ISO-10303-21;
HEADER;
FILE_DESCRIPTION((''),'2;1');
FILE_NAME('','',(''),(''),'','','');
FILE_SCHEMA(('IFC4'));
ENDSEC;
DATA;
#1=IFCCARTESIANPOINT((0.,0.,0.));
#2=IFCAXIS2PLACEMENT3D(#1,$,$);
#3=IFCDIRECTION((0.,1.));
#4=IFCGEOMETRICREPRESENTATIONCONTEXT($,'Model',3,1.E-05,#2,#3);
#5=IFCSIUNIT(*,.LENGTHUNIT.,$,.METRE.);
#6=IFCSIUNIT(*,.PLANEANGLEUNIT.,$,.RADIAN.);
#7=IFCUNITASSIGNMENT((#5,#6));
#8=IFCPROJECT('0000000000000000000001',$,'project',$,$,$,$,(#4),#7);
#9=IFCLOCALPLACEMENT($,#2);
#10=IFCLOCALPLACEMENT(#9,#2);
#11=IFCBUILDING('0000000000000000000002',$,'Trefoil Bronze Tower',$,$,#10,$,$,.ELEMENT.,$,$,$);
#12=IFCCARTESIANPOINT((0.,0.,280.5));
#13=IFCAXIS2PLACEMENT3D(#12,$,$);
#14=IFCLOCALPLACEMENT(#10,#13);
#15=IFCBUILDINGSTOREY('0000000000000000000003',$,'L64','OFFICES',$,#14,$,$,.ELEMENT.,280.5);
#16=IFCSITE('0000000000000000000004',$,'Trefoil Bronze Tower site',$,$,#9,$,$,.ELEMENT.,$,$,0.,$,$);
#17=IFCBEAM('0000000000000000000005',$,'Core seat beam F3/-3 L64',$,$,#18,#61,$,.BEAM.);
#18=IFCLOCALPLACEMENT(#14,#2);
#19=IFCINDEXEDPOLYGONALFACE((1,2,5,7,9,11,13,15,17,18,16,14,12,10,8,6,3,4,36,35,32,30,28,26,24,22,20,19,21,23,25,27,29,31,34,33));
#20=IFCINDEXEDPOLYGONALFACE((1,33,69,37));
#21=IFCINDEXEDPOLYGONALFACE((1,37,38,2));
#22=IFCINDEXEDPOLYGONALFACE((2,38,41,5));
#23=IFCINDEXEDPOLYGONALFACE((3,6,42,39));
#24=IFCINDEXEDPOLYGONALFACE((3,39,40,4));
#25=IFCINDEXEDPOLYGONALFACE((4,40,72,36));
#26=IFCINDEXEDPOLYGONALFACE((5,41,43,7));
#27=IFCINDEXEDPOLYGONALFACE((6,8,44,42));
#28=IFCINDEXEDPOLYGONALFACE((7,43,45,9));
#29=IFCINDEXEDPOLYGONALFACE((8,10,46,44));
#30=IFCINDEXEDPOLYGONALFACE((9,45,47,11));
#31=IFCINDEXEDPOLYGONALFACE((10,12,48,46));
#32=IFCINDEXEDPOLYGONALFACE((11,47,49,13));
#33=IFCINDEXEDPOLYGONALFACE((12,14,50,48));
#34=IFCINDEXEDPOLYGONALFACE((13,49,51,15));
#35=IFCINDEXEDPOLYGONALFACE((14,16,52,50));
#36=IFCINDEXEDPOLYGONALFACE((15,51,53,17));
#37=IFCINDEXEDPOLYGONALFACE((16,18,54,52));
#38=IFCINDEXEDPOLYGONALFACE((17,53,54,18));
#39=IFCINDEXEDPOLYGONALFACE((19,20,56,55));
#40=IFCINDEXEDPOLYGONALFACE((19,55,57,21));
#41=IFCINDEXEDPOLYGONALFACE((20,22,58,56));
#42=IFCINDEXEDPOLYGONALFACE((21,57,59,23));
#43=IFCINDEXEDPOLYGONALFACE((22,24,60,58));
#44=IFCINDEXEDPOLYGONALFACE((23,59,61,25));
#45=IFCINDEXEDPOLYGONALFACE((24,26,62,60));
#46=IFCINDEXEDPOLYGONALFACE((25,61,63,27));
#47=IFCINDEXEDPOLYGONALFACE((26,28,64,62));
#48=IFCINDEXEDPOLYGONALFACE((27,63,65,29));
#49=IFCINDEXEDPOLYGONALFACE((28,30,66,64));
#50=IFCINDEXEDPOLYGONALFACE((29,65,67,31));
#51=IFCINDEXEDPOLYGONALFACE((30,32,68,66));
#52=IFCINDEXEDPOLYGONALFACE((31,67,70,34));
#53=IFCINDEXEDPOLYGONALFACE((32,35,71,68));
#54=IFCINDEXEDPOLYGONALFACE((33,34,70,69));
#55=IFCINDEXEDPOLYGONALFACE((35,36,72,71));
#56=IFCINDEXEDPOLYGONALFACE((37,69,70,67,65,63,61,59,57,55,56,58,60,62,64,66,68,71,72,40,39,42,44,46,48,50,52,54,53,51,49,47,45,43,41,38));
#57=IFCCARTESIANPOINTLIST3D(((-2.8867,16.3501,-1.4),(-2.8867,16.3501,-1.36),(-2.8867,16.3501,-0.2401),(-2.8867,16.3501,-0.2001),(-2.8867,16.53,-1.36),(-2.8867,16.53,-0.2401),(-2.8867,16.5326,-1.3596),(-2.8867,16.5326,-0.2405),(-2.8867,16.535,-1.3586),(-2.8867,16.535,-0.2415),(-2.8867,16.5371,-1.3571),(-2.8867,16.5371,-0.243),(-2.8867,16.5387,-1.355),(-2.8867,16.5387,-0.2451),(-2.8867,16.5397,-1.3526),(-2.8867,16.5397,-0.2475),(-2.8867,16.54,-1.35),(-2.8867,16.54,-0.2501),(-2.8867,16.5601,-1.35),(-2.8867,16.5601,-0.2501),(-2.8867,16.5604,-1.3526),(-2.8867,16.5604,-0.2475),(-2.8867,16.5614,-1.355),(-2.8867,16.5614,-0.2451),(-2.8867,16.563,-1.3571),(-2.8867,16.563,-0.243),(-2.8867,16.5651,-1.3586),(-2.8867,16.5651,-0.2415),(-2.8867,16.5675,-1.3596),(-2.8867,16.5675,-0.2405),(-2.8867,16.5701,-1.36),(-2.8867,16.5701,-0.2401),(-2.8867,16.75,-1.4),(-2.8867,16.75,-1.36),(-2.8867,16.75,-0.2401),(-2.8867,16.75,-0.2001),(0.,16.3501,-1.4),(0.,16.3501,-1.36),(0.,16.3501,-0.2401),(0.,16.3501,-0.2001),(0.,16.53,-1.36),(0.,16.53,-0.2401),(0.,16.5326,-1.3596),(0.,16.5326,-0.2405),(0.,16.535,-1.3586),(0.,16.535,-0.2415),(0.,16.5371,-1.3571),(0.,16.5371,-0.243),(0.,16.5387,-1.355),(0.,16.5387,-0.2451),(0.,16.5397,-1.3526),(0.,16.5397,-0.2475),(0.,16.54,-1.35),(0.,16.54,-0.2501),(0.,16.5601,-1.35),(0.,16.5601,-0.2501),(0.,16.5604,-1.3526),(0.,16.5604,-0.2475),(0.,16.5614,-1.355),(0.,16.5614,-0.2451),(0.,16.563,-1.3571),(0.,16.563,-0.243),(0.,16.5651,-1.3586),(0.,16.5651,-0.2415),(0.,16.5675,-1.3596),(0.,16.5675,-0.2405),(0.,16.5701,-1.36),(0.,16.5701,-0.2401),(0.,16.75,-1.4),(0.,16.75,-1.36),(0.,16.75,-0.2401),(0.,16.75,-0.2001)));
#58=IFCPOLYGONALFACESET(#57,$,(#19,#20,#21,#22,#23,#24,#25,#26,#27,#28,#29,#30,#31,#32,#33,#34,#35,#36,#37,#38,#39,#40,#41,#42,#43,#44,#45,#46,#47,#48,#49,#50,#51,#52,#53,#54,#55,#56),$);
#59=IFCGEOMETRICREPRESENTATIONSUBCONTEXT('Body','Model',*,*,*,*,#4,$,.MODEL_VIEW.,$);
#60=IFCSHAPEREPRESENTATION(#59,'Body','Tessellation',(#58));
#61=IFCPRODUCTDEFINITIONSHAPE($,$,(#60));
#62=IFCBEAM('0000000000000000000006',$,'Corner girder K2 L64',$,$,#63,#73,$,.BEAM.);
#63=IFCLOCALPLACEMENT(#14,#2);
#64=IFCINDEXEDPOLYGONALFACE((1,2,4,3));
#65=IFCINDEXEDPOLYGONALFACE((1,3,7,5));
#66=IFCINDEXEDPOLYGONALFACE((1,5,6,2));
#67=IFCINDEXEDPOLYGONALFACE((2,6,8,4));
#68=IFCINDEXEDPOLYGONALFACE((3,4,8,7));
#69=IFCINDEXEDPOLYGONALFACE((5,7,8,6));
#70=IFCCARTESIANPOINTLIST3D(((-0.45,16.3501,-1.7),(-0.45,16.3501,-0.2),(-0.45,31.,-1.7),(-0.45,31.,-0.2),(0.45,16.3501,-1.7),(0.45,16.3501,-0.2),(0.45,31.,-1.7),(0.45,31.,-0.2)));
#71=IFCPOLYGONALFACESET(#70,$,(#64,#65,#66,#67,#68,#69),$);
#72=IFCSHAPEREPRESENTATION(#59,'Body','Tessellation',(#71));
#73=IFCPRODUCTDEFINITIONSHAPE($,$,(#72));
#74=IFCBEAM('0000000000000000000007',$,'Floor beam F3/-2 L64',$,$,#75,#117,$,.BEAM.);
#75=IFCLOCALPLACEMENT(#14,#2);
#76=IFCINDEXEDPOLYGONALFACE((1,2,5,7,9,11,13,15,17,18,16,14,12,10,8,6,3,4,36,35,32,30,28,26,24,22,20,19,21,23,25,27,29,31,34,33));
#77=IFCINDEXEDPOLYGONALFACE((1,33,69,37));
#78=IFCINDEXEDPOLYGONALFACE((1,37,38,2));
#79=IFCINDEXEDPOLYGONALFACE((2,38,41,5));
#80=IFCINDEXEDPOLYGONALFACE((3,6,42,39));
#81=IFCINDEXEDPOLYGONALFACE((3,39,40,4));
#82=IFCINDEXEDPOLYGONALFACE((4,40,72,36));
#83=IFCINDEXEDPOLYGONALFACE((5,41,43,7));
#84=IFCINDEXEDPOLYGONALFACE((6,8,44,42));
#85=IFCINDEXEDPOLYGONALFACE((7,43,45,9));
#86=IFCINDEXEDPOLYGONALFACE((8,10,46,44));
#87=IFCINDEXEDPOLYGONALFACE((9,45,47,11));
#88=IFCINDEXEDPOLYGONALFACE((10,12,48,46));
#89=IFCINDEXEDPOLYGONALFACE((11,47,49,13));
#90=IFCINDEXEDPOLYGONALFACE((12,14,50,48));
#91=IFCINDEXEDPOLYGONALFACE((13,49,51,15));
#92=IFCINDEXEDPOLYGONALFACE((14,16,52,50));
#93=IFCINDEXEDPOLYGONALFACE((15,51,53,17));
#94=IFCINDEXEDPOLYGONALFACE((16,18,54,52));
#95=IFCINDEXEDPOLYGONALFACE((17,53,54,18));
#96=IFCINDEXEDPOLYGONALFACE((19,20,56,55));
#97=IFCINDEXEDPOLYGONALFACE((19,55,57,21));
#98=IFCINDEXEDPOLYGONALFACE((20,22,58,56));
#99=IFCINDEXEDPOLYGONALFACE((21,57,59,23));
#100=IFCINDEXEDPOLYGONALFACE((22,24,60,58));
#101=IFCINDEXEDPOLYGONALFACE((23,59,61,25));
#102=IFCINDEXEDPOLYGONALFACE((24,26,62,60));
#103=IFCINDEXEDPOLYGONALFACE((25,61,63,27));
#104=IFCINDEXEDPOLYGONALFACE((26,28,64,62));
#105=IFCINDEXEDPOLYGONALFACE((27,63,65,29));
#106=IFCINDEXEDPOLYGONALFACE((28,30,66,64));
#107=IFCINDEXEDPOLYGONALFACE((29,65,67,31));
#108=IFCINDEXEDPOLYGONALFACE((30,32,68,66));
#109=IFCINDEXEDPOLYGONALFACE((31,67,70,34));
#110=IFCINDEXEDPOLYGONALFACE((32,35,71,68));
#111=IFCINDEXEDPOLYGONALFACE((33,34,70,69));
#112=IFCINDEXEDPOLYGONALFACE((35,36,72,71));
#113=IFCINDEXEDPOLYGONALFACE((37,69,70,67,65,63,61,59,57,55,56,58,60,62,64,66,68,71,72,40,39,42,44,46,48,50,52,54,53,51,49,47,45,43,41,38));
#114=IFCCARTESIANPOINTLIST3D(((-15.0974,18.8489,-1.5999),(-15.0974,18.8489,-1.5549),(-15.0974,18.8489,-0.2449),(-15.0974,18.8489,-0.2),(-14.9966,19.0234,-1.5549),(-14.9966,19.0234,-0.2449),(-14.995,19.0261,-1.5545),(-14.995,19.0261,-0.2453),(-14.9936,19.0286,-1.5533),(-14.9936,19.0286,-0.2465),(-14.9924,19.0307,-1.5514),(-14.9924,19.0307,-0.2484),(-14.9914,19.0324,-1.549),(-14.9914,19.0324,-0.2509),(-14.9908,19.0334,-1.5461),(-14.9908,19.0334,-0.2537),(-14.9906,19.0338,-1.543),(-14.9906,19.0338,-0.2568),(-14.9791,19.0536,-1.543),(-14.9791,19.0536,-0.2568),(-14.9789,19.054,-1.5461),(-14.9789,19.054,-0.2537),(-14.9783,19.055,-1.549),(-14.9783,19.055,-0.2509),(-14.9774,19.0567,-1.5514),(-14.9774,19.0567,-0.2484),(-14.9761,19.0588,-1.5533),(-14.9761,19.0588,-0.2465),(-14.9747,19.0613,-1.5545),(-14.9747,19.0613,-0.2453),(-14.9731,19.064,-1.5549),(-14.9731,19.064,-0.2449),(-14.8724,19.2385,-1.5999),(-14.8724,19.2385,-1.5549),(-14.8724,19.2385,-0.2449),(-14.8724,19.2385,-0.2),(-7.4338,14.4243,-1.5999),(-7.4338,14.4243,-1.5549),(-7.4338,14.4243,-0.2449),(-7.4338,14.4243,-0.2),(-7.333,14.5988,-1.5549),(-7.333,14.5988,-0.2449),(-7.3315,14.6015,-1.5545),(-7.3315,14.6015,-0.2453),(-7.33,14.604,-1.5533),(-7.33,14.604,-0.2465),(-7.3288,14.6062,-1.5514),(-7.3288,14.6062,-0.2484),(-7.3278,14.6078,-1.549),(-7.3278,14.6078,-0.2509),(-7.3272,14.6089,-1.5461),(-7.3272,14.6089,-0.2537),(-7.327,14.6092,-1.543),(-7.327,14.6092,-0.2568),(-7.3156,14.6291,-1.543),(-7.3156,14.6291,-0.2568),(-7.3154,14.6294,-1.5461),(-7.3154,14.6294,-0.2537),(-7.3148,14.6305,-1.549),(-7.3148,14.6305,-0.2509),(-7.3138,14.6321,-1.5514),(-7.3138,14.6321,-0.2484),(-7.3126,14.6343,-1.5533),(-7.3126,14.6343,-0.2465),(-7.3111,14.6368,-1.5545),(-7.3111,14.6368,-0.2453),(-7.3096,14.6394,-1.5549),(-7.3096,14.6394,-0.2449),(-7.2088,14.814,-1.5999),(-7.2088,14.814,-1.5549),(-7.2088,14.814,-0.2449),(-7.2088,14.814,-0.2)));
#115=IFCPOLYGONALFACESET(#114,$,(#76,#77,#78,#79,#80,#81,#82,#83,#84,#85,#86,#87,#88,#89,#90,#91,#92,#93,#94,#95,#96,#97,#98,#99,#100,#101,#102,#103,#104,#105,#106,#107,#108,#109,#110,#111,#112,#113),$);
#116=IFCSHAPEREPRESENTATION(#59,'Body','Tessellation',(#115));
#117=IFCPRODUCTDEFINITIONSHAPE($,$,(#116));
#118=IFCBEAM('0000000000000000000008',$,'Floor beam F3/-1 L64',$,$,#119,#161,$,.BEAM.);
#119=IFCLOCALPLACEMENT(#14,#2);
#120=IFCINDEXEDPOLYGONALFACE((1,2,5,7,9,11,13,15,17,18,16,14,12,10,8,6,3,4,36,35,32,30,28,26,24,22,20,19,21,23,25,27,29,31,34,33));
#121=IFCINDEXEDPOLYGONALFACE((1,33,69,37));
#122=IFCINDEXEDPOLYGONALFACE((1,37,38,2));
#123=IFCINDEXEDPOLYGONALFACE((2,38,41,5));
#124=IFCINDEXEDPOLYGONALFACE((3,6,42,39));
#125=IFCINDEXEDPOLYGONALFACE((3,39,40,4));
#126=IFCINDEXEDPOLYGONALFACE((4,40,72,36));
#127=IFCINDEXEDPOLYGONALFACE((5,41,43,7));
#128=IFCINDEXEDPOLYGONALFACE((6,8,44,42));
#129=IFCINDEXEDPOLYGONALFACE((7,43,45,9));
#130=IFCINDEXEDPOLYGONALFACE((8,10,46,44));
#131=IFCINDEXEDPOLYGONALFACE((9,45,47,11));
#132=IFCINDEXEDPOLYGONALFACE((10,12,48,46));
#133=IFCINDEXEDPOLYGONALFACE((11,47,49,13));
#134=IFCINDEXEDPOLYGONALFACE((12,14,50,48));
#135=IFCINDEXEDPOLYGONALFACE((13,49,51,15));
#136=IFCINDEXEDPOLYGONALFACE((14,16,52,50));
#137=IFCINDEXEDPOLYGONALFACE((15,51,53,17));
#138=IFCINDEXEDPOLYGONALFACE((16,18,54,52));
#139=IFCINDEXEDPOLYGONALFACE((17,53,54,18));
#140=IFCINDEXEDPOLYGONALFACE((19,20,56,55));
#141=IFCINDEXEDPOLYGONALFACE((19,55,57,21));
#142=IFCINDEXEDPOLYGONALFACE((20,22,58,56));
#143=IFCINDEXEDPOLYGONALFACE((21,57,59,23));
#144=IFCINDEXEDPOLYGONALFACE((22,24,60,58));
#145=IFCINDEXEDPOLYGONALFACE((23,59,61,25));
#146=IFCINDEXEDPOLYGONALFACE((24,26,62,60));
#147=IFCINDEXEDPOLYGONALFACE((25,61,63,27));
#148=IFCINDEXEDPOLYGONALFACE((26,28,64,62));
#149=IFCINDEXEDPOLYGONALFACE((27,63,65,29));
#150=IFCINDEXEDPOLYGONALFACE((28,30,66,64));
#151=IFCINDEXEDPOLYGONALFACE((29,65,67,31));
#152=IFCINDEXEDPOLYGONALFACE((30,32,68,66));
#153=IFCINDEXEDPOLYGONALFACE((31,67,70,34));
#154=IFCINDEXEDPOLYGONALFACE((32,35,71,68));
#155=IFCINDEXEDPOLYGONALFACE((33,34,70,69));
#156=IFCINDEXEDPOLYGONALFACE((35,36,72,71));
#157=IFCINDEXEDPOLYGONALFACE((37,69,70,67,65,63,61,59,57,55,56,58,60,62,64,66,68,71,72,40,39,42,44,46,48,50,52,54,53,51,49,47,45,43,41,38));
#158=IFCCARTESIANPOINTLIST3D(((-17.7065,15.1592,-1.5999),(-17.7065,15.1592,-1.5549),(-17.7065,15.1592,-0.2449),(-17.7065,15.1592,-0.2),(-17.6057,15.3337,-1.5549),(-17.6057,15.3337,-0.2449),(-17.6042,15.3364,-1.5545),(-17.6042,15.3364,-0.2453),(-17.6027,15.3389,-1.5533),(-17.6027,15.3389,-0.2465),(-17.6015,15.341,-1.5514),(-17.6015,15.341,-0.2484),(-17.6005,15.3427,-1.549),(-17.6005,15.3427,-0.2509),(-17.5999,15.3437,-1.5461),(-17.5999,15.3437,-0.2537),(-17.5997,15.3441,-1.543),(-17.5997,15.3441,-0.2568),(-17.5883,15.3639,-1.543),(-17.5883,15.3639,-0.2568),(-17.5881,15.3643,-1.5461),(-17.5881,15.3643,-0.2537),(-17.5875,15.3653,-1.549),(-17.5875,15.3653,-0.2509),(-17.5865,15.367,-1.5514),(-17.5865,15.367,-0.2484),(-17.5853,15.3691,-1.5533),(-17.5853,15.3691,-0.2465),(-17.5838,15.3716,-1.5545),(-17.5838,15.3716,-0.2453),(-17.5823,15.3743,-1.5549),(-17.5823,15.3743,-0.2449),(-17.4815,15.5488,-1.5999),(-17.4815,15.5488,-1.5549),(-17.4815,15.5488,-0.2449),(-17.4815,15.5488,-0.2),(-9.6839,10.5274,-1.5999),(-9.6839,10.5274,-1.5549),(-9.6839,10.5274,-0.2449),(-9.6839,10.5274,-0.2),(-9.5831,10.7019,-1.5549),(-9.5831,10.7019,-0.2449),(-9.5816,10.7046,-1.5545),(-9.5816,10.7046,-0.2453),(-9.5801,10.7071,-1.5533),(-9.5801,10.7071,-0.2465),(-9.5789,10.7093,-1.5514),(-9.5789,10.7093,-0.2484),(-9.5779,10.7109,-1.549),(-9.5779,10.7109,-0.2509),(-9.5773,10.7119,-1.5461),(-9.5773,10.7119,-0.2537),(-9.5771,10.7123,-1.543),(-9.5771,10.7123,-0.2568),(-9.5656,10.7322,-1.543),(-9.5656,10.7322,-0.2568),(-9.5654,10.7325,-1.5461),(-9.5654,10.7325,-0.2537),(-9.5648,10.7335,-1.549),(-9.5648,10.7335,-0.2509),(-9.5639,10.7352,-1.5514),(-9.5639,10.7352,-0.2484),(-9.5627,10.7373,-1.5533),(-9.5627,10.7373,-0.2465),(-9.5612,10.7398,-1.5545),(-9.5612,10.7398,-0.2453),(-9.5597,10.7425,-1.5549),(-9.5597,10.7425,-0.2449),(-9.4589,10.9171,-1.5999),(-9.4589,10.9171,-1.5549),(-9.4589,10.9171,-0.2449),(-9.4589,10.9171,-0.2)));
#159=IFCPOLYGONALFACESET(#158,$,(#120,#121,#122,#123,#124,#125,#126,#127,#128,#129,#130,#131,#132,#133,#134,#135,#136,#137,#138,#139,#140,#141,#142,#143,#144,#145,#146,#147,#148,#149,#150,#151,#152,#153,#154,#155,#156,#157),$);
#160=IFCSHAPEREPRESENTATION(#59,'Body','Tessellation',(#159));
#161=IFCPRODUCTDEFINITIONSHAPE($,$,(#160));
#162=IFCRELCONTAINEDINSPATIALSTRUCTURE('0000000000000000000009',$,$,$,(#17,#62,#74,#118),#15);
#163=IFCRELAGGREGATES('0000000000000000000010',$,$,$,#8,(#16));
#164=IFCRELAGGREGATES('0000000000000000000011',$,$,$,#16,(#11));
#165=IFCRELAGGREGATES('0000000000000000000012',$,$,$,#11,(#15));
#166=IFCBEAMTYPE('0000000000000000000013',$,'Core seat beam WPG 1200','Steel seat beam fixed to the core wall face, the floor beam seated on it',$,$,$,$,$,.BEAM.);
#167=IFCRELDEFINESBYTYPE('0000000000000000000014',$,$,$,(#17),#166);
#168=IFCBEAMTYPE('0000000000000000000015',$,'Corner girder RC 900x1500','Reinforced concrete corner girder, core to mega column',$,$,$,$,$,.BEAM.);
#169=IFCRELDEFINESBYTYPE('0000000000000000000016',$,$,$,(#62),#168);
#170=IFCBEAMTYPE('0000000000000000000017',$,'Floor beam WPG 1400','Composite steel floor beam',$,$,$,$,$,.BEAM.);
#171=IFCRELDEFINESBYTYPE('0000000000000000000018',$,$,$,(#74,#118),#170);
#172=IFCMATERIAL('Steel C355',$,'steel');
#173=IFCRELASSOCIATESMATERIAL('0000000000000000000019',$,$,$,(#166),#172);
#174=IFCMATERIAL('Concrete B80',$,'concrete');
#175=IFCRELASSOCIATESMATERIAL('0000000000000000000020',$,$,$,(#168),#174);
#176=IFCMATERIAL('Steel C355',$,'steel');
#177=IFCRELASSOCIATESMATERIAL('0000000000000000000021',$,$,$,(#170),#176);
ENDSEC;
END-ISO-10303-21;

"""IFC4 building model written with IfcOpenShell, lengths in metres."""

from ifc_helpers import new_model, si_unit, direction, frame, origin, origin_2d, place, context, subcontext, project, spatial, rectangle, i_section, extrude, material, material_profile, profile_set, type_object, element, save


model = new_model("IFC4")

# Units and contexts
model_context = context("Model", 3, precision=1e-05, world=origin(), true_north=direction((0.0, 1.0)))
body_context = subcontext(model_context, "Body", "Model", "MODEL_VIEW")
ifc_project = project(units=[si_unit("LENGTHUNIT", "METRE"), si_unit("PLANEANGLEUNIT", "RADIAN")], contexts=[model_context])

# Site, building, storey
site_placement = place(None, origin())
site = spatial("IfcSite", under=ifc_project, at=site_placement, Name="Trefoil Bronze Tower site", CompositionType="ELEMENT", RefElevation=0.0)
building_placement = place(site_placement, origin())
building = spatial("IfcBuilding", under=site, at=building_placement, Name="Trefoil Bronze Tower", CompositionType="ELEMENT")
storey_placement = place(building_placement, frame((0.0, 0.0, 280.5)))
storey = spatial("IfcBuildingStorey", under=building, at=storey_placement, Name="L64", Description="OFFICES", CompositionType="ELEMENT", Elevation=280.5)

# Beams
ifc_material_1 = material(Name="Steel C355", Category="steel")
ifc_material_profile_1 = material_profile(ifc_material_1, i_section(OverallWidth=0.3999, OverallDepth=1.2, WebThickness=0.02, FlangeThickness=0.04, FilletRadius=0.01, at=origin_2d()), Name="WPG 1200")
ifc_profile_set_1 = profile_set([ifc_material_profile_1], Name="Steel C355")
beam_type_1 = type_object("IfcBeamType", Name="Core seat beam WPG 1200", Description="Steel seat beam fixed to the core wall face, the floor beam seated on it", PredefinedType="BEAM", material=ifc_profile_set_1)
beam_1_placement = place(storey_placement, frame((0.0, 16.55, -0.8), z_axis=(-1.0, 0.0, 0.0), x_axis=(0.0, -1.0, 0.0)))
element("IfcBeam", 1, at=beam_1_placement, inside=storey, type_object=beam_type_1, Name="Core seat beam F3/-3 L64", PredefinedType="BEAM", context=body_context, shape_type="SweptSolid", body=[
    extrude(i_section(OverallWidth=0.3999, OverallDepth=1.2, WebThickness=0.02, FlangeThickness=0.04, FilletRadius=0.01, at=origin_2d()), origin(), (0.0, 0.0, 1.0), 2.8867),
])
ifc_material_2 = material(Name="Concrete B80", Category="concrete")
ifc_material_profile_2 = material_profile(ifc_material_2, rectangle(XDim=0.8999, YDim=1.5, at=origin_2d()), Name="RC 900x1500")
ifc_profile_set_2 = profile_set([ifc_material_profile_2], Name="Concrete B80")
beam_type_2 = type_object("IfcBeamType", Name="Corner girder RC 900x1500", Description="Reinforced concrete corner girder, core to mega column", PredefinedType="BEAM", material=ifc_profile_set_2)
beam_2_placement = place(storey_placement, frame((0.0, 16.3501, -0.95), z_axis=(0.0, 1.0, 0.0), x_axis=(-1.0, 0.0, 0.0)))
element("IfcBeam", 2, at=beam_2_placement, inside=storey, type_object=beam_type_2, Name="Corner girder K2 L64", PredefinedType="BEAM", context=body_context, shape_type="SweptSolid", body=[
    extrude(rectangle(XDim=0.8999, YDim=1.5, at=origin_2d()), origin(), (0.0, 0.0, 1.0), 14.6499),
])
ifc_material_3 = material(Name="Steel C355", Category="steel")
ifc_material_profile_3 = material_profile(ifc_material_3, i_section(OverallWidth=0.45, OverallDepth=1.3999, WebThickness=0.0229, FlangeThickness=0.0449, FilletRadius=0.012, at=origin_2d()), Name="WPG 1400")
ifc_profile_set_3 = profile_set([ifc_material_profile_3], Name="Steel C355")
beam_type_3 = type_object("IfcBeamType", Name="Floor beam WPG 1400", Description="Composite steel floor beam", PredefinedType="BEAM", material=ifc_profile_set_3)
beam_3_placement = place(storey_placement, frame((-14.9849, 19.0437, -0.8999), z_axis=(0.866026, -0.499999, 0.0), x_axis=(0.499999, 0.866026, 0.0)))
element("IfcBeam", 3, at=beam_3_placement, inside=storey, type_object=beam_type_3, Name="Floor beam F3/-2 L64", PredefinedType="BEAM", context=body_context, shape_type="SweptSolid", body=[
    extrude(i_section(OverallWidth=0.45, OverallDepth=1.3999, WebThickness=0.0229, FlangeThickness=0.0449, FilletRadius=0.012, at=origin_2d()), origin(), (0.0, 0.0, 1.0), 8.8491),
])
beam_4_placement = place(storey_placement, frame((-17.594, 15.354, -0.8999), z_axis=(0.866029, -0.499994, 0.0), x_axis=(0.499994, 0.866029, 0.0)))
element("IfcBeam", 4, at=beam_4_placement, inside=storey, type_object=beam_type_3, Name="Floor beam F3/-1 L64", PredefinedType="BEAM", context=body_context, shape_type="SweptSolid", body=[
    extrude(i_section(OverallWidth=0.45, OverallDepth=1.3999, WebThickness=0.0229, FlangeThickness=0.0449, FilletRadius=0.012, at=origin_2d()), origin(), (0.0, 0.0, 1.0), 9.2637),
])

save(model, "model.ifc")
